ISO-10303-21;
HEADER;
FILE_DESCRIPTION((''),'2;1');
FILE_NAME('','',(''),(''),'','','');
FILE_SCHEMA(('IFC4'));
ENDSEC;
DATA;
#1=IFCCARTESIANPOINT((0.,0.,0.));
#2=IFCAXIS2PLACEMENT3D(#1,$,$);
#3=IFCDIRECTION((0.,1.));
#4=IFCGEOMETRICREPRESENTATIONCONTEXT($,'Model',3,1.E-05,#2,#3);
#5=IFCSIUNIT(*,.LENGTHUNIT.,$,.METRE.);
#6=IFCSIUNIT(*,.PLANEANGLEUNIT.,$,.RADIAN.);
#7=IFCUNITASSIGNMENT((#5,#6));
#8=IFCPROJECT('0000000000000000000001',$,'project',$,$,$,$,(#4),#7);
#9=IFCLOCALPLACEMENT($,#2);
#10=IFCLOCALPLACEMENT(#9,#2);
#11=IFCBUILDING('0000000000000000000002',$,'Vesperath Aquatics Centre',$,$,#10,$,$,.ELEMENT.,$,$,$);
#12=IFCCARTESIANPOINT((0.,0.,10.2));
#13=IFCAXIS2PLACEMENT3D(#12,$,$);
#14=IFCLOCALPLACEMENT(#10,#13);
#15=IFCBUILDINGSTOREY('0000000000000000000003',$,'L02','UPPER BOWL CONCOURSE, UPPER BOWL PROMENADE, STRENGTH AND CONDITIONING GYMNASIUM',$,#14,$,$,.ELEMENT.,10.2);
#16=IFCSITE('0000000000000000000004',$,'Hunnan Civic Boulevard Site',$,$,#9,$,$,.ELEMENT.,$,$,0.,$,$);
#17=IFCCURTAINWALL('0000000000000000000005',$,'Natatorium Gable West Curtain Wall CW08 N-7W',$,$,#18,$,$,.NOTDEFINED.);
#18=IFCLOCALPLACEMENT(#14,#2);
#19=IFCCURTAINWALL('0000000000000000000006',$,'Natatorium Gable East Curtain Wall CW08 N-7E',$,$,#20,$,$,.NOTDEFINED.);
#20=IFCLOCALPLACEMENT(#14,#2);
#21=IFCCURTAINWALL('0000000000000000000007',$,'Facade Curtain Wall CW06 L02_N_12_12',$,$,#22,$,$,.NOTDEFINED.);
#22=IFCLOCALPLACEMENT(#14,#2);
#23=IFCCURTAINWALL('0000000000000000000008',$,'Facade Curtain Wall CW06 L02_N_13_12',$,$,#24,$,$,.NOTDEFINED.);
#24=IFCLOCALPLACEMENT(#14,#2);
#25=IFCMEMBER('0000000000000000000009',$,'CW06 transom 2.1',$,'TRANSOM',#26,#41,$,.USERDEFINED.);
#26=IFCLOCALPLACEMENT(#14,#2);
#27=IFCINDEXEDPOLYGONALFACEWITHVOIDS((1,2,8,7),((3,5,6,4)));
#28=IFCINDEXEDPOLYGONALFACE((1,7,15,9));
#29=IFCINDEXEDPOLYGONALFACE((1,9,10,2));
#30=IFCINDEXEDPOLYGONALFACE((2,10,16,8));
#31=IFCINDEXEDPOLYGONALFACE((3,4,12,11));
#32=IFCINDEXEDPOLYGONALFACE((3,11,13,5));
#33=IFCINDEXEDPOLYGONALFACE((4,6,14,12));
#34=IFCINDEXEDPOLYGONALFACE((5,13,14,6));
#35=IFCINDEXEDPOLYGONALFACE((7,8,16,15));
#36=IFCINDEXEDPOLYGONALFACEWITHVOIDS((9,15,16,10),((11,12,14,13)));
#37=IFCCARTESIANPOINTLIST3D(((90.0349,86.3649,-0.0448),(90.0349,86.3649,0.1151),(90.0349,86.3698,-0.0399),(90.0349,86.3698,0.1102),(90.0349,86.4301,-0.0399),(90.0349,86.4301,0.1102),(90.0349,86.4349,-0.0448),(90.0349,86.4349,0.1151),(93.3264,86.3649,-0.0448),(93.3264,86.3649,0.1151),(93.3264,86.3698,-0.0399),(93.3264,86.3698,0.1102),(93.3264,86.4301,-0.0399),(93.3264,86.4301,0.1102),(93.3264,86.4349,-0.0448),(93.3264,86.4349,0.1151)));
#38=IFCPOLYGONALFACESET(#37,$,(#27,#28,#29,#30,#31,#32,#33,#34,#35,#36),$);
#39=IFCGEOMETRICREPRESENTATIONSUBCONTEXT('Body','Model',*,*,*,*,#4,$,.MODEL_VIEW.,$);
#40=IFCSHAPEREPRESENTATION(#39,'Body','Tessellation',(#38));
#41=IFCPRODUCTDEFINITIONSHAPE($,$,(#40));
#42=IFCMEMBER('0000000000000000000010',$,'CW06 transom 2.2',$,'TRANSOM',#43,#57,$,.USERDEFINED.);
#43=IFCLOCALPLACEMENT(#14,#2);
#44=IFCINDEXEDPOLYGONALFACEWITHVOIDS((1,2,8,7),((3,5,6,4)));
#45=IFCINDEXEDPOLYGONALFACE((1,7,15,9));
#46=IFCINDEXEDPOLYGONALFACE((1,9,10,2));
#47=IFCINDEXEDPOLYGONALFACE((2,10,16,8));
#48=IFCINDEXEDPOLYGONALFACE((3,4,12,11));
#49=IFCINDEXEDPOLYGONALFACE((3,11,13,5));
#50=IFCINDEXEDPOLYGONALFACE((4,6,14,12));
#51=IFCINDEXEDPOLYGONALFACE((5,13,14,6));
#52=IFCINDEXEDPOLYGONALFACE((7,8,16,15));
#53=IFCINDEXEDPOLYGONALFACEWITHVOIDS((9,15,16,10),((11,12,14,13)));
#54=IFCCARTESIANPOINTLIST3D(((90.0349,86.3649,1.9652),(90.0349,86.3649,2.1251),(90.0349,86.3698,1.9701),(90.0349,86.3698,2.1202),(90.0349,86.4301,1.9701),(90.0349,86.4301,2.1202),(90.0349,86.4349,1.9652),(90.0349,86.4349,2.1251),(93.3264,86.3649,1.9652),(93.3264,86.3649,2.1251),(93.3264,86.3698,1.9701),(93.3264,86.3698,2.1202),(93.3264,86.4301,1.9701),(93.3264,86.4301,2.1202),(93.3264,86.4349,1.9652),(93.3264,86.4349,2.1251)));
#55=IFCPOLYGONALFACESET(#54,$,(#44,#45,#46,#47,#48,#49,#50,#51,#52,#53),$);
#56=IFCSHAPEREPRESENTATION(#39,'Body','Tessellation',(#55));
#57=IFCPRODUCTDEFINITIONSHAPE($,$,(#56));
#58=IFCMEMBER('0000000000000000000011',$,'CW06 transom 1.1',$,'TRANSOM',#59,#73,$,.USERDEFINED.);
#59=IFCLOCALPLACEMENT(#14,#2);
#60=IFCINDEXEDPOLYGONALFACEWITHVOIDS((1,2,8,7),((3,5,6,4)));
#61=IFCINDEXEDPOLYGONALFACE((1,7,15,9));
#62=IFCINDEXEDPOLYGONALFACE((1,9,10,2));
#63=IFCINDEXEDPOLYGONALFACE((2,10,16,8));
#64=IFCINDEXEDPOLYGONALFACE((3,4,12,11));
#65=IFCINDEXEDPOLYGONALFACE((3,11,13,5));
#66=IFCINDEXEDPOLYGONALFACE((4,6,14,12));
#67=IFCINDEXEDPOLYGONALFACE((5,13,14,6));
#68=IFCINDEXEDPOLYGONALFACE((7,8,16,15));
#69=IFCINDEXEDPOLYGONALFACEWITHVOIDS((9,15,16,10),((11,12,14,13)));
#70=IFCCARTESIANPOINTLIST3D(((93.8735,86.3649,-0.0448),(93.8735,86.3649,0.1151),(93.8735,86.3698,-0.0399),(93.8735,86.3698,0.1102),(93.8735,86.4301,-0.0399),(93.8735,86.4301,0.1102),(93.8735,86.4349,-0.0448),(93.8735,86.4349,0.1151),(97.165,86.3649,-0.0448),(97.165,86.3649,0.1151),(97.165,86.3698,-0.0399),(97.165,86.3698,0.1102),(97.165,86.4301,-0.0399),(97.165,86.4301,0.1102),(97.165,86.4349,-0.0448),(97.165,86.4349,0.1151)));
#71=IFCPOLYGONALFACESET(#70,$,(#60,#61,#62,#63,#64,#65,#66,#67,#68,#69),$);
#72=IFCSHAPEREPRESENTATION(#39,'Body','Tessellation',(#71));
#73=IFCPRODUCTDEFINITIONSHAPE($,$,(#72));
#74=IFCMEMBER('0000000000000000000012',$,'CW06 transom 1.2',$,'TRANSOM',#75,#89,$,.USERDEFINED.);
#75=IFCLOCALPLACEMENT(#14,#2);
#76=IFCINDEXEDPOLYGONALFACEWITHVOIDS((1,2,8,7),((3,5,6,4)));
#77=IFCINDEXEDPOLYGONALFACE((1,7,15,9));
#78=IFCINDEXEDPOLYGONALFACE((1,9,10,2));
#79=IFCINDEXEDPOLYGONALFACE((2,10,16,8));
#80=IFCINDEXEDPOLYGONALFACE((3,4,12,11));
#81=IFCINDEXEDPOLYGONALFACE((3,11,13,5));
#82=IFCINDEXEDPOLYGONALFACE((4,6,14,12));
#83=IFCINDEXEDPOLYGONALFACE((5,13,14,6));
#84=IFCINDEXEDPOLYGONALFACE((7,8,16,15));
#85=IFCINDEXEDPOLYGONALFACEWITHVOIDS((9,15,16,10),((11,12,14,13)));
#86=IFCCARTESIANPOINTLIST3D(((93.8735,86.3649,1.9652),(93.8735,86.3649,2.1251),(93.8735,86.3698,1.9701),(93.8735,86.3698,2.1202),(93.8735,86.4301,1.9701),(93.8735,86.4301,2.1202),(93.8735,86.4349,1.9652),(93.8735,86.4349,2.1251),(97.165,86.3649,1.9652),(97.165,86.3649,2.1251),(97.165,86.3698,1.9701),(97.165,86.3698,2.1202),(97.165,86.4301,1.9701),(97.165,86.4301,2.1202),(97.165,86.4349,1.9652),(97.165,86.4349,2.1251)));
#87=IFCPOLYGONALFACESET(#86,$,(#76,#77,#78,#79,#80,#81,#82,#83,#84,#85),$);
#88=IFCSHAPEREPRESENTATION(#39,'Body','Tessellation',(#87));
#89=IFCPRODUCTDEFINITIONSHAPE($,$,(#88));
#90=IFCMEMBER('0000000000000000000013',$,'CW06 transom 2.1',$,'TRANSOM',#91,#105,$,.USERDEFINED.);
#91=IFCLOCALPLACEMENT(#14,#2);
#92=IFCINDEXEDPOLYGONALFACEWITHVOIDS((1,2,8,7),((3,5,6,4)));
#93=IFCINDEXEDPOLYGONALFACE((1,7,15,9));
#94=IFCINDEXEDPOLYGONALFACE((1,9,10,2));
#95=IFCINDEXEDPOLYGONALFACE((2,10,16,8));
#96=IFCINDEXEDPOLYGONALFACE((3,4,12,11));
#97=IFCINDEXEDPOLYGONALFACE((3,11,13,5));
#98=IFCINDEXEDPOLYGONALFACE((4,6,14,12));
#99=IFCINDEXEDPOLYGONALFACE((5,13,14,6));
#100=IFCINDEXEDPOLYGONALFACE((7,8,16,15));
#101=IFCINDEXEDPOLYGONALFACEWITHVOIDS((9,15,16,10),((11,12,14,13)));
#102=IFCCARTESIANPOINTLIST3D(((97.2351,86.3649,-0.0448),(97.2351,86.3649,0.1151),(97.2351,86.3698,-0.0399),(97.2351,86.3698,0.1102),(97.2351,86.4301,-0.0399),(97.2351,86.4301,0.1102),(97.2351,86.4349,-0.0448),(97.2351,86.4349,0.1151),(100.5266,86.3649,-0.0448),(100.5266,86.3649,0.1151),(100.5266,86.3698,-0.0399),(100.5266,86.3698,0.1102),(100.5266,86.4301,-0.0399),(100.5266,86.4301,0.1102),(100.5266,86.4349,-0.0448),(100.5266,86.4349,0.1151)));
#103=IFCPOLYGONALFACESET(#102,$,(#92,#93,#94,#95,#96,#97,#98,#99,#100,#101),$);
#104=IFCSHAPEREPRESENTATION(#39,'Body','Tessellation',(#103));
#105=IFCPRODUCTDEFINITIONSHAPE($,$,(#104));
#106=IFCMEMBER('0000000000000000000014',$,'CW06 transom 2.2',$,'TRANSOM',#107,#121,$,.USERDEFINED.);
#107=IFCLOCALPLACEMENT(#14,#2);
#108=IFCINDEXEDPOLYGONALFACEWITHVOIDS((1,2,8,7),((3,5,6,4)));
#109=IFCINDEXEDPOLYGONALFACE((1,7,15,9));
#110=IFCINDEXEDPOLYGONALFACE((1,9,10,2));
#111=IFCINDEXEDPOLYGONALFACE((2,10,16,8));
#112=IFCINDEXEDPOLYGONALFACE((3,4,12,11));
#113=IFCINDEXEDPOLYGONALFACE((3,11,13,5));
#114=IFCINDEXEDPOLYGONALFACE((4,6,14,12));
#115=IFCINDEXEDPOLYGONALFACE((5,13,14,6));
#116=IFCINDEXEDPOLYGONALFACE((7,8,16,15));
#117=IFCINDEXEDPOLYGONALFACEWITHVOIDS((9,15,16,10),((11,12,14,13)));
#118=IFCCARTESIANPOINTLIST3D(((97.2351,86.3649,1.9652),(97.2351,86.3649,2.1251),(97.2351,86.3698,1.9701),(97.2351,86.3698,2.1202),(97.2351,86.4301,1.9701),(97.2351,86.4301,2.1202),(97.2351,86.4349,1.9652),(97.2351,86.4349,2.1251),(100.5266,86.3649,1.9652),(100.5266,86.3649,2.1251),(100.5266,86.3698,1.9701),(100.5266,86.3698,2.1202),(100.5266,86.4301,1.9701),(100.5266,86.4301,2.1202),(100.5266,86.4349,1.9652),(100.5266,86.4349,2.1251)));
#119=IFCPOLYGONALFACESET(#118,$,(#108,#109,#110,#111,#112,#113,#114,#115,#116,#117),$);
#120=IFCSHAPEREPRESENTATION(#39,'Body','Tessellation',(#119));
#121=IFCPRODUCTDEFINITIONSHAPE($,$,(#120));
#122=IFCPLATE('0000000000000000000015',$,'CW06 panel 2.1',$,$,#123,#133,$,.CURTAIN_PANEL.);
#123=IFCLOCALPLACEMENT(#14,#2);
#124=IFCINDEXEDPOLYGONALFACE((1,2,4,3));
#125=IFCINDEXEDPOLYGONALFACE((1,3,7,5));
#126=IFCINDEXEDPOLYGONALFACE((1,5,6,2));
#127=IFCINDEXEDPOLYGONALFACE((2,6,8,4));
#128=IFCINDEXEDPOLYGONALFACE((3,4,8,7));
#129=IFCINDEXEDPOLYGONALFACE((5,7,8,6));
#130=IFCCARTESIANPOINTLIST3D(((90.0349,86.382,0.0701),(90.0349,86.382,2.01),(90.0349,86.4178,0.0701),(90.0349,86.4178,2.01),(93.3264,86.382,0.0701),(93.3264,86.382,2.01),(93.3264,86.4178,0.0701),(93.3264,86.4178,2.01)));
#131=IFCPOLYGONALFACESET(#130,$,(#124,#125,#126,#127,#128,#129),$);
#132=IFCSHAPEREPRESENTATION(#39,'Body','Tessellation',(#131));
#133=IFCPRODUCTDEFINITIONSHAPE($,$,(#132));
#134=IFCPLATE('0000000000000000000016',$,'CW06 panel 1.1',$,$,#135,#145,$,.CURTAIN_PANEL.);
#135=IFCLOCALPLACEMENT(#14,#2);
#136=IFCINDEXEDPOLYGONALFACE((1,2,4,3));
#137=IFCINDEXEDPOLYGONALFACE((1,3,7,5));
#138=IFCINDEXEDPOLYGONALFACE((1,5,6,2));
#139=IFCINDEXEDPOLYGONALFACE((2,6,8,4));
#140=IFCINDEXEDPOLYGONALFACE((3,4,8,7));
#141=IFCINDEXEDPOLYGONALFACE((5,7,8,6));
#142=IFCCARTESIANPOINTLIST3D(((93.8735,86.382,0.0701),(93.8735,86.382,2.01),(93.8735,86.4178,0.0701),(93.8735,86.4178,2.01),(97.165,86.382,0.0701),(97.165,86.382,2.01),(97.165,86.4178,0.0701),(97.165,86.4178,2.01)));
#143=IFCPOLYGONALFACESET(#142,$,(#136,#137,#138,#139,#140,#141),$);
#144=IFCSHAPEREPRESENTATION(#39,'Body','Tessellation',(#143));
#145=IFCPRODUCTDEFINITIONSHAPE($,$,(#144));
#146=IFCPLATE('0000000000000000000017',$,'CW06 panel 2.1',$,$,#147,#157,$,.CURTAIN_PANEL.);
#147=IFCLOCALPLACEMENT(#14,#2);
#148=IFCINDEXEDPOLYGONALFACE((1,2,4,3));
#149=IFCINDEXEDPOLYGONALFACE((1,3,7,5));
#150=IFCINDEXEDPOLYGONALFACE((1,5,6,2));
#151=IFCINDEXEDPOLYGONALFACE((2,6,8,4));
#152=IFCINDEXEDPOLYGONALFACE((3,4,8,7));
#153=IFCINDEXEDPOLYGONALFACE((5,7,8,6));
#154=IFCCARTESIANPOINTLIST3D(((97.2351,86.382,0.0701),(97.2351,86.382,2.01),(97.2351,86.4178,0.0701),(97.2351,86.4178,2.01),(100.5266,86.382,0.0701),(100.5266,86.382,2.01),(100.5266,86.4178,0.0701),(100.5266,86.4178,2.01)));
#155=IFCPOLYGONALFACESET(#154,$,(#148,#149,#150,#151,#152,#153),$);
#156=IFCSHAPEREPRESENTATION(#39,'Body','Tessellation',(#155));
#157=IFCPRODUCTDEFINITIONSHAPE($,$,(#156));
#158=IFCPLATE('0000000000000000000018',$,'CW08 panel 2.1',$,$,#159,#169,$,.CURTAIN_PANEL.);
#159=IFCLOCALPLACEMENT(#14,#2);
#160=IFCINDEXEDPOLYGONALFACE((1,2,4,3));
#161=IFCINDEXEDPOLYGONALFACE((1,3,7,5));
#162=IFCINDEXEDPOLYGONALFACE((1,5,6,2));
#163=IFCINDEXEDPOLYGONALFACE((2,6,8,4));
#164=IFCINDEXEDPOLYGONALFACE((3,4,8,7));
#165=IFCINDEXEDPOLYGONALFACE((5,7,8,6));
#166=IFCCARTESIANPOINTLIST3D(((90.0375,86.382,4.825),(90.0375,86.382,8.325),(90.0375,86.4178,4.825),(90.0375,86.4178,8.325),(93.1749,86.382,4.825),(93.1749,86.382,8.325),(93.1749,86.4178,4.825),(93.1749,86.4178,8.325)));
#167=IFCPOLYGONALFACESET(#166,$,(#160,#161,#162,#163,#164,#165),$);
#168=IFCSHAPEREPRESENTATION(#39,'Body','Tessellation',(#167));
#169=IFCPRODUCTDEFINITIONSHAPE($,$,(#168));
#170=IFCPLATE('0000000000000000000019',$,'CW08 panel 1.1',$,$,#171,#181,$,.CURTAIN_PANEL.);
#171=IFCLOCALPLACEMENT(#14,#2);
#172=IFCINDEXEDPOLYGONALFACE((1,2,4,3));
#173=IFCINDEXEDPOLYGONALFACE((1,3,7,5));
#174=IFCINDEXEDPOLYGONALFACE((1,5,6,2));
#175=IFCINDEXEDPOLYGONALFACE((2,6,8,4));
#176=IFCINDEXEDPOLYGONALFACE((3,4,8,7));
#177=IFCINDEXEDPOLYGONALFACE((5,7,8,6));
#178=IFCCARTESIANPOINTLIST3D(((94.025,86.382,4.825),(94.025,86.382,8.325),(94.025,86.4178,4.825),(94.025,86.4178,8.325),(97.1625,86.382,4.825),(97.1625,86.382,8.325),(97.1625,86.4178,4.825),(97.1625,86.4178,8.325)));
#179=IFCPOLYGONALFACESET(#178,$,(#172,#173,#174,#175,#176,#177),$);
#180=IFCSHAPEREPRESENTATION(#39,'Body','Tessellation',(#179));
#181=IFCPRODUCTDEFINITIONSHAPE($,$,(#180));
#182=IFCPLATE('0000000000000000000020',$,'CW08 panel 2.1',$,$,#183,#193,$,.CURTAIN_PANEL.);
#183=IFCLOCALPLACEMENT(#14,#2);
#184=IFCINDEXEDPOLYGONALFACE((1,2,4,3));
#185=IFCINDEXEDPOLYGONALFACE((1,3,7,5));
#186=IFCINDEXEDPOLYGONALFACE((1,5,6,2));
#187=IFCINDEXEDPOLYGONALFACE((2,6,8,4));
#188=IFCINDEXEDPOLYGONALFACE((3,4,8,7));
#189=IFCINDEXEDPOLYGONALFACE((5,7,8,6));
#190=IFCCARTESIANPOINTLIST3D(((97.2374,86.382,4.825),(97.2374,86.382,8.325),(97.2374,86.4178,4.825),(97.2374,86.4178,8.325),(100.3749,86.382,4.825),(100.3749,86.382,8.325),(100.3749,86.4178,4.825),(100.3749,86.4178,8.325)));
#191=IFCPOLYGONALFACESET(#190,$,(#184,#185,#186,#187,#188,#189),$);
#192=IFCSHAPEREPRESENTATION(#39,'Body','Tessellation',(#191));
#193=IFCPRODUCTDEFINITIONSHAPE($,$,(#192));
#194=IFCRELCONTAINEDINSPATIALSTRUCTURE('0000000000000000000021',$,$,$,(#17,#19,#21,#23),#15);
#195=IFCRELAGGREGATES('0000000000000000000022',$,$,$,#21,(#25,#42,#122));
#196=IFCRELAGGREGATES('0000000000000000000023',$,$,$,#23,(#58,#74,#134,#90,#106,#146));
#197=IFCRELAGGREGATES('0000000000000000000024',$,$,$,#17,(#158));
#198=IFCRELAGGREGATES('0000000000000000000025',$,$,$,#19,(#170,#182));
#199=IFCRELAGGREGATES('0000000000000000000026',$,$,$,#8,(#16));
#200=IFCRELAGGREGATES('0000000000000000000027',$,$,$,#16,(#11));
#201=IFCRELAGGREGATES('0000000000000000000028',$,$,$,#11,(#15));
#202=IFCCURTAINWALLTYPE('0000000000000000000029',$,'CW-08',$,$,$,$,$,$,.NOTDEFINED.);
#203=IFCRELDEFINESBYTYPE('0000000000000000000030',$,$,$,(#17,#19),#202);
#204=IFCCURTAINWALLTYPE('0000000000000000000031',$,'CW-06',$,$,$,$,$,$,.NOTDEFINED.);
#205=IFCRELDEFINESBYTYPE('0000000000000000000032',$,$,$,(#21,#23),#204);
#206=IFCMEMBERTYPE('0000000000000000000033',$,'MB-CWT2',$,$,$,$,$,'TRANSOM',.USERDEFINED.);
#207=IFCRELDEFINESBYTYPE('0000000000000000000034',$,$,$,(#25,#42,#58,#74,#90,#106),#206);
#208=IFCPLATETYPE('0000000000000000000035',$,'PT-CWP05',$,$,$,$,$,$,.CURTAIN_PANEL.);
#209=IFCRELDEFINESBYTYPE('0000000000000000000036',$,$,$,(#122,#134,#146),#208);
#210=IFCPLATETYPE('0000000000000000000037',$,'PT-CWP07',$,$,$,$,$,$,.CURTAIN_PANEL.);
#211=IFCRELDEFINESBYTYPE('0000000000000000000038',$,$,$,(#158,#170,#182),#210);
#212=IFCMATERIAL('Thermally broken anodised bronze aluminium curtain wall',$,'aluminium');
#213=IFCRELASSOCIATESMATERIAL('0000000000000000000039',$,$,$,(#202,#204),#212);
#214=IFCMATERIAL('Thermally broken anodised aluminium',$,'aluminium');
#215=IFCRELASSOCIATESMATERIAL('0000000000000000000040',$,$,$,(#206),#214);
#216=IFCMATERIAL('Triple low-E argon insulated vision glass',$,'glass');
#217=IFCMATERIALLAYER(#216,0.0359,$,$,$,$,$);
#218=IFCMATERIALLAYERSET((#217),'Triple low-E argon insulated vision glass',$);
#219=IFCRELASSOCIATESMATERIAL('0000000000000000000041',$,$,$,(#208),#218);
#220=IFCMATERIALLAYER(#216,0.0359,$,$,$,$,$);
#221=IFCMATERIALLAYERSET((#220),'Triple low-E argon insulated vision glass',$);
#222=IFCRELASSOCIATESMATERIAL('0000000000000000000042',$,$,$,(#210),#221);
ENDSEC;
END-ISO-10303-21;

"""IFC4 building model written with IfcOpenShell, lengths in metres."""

from ifc_helpers import new_model, si_unit, direction, frame, origin, origin_2d, place, context, subcontext, project, spatial, rectangle, hollow_rectangle, extrude, material, layer, layer_set, material_profile, profile_set, type_object, element, aggregate, save


model = new_model("IFC4")

# Units and contexts
model_context = context("Model", 3, precision=1e-05, world=origin(), true_north=direction((0.0, 1.0)))
body_context = subcontext(model_context, "Body", "Model", "MODEL_VIEW")
ifc_project = project(units=[si_unit("LENGTHUNIT", "METRE"), si_unit("PLANEANGLEUNIT", "RADIAN")], contexts=[model_context])

# Site, building, storey
site_placement = place(None, origin())
site = spatial("IfcSite", under=ifc_project, at=site_placement, Name="Hunnan Civic Boulevard Site", CompositionType="ELEMENT", RefElevation=0.0)
building_placement = place(site_placement, origin())
building = spatial("IfcBuilding", under=site, at=building_placement, Name="Vesperath Aquatics Centre", CompositionType="ELEMENT")
storey_placement = place(building_placement, frame((0.0, 0.0, 10.2)))
storey = spatial("IfcBuildingStorey", under=building, at=storey_placement, Name="L02", Description="UPPER BOWL CONCOURSE, UPPER BOWL PROMENADE, STRENGTH AND CONDITIONING GYMNASIUM", CompositionType="ELEMENT", Elevation=10.2)

# Curtain walls
ifc_material_1 = material(Name="Thermally broken anodised bronze aluminium curtain wall", Category="aluminium")
curtain_wall_type_1 = type_object("IfcCurtainWallType", Name="CW-08", PredefinedType="NOTDEFINED", material=ifc_material_1)
curtain_wall_1_placement = place(storey_placement, origin())
curtain_wall_1 = element("IfcCurtainWall", 1, at=curtain_wall_1_placement, inside=storey, type_object=curtain_wall_type_1, Name="Natatorium Gable West Curtain Wall CW08 N-7W", PredefinedType="NOTDEFINED")
ifc_material_2 = material(Name="Thermally broken anodised aluminium", Category="aluminium")
curtain_wall_2_placement = place(storey_placement, origin())
curtain_wall_2 = element("IfcCurtainWall", 2, at=curtain_wall_2_placement, inside=storey, type_object=curtain_wall_type_1, Name="Natatorium Gable East Curtain Wall CW08 N-7E", PredefinedType="NOTDEFINED")

# Curtain wall
curtain_wall_type_2 = type_object("IfcCurtainWallType", Name="CW-06", PredefinedType="NOTDEFINED", material=ifc_material_1)
curtain_wall_3_placement = place(storey_placement, origin())
curtain_wall_3 = element("IfcCurtainWall", 3, at=curtain_wall_3_placement, inside=storey, type_object=curtain_wall_type_2, Name="Facade Curtain Wall CW06 L02_N_12_12", PredefinedType="NOTDEFINED")

# Curtain wall
curtain_wall_4_placement = place(storey_placement, origin())
curtain_wall_4 = element("IfcCurtainWall", 4, at=curtain_wall_4_placement, inside=storey, type_object=curtain_wall_type_2, Name="Facade Curtain Wall CW06 L02_N_13_12", PredefinedType="NOTDEFINED")

# Members
ifc_material_profile_1 = material_profile(ifc_material_2, hollow_rectangle(XDim=0.0701, YDim=0.1599, WallThickness=0.0049, at=origin_2d()), Name="CWT 70x160x5")
ifc_profile_set_1 = profile_set([ifc_material_profile_1], Name="Thermally broken anodised aluminium")
member_type_1 = type_object("IfcMemberType", Name="MB-CWT2", ElementType="TRANSOM", PredefinedType="USERDEFINED", material=ifc_profile_set_1)
member_1_placement = place(storey_placement, frame((90.0349, 86.3999, 0.0352), z_axis=(1.0, 0.0, 0.0), x_axis=(0.0, 1.0, 0.0)))
member_1 = element("IfcMember", 5, at=member_1_placement, type_object=member_type_1, Name="CW06 transom 2.1", ObjectType="TRANSOM", PredefinedType="USERDEFINED", context=body_context, shape_type="SweptSolid", body=[
    extrude(hollow_rectangle(XDim=0.0701, YDim=0.1599, WallThickness=0.0049, at=origin_2d()), origin(), (0.0, 0.0, 1.0), 3.2915),
])
member_2_placement = place(storey_placement, frame((90.0349, 86.3999, 2.0452), z_axis=(1.0, 0.0, 0.0), x_axis=(0.0, 1.0, 0.0)))
member_2 = element("IfcMember", 6, at=member_2_placement, type_object=member_type_1, Name="CW06 transom 2.2", ObjectType="TRANSOM", PredefinedType="USERDEFINED", context=body_context, shape_type="SweptSolid", body=[
    extrude(hollow_rectangle(XDim=0.0701, YDim=0.1599, WallThickness=0.0049, at=origin_2d()), origin(), (0.0, 0.0, 1.0), 3.2915),
])
member_3_placement = place(storey_placement, frame((93.8735, 86.3999, 0.0352), z_axis=(1.0, 0.0, 0.0), x_axis=(0.0, 1.0, 0.0)))
member_3 = element("IfcMember", 7, at=member_3_placement, type_object=member_type_1, Name="CW06 transom 1.1", ObjectType="TRANSOM", PredefinedType="USERDEFINED", context=body_context, shape_type="SweptSolid", body=[
    extrude(hollow_rectangle(XDim=0.0701, YDim=0.1599, WallThickness=0.0049, at=origin_2d()), origin(), (0.0, 0.0, 1.0), 3.2915),
])
member_4_placement = place(storey_placement, frame((93.8735, 86.3999, 2.0452), z_axis=(1.0, 0.0, 0.0), x_axis=(0.0, 1.0, 0.0)))
member_4 = element("IfcMember", 8, at=member_4_placement, type_object=member_type_1, Name="CW06 transom 1.2", ObjectType="TRANSOM", PredefinedType="USERDEFINED", context=body_context, shape_type="SweptSolid", body=[
    extrude(hollow_rectangle(XDim=0.0701, YDim=0.1599, WallThickness=0.0049, at=origin_2d()), origin(), (0.0, 0.0, 1.0), 3.2915),
])
member_5_placement = place(storey_placement, frame((97.2351, 86.3999, 0.0352), z_axis=(1.0, 0.0, 0.0), x_axis=(0.0, 1.0, 0.0)))
member_5 = element("IfcMember", 9, at=member_5_placement, type_object=member_type_1, Name="CW06 transom 2.1", ObjectType="TRANSOM", PredefinedType="USERDEFINED", context=body_context, shape_type="SweptSolid", body=[
    extrude(hollow_rectangle(XDim=0.0701, YDim=0.1599, WallThickness=0.0049, at=origin_2d()), origin(), (0.0, 0.0, 1.0), 3.2915),
])
member_6_placement = place(storey_placement, frame((97.2351, 86.3999, 2.0452), z_axis=(1.0, 0.0, 0.0), x_axis=(0.0, 1.0, 0.0)))
member_6 = element("IfcMember", 10, at=member_6_placement, type_object=member_type_1, Name="CW06 transom 2.2", ObjectType="TRANSOM", PredefinedType="USERDEFINED", context=body_context, shape_type="SweptSolid", body=[
    extrude(hollow_rectangle(XDim=0.0701, YDim=0.1599, WallThickness=0.0049, at=origin_2d()), origin(), (0.0, 0.0, 1.0), 3.2915),
])

# Plates
ifc_material_3 = material(Name="Triple low-E argon insulated vision glass", Category="glass")
ifc_layer_1 = layer(ifc_material_3, 0.0359)
ifc_layer_set_1 = layer_set([ifc_layer_1], Name="Triple low-E argon insulated vision glass")
plate_type_1 = type_object("IfcPlateType", Name="PT-CWP05", PredefinedType="CURTAIN_PANEL", material=ifc_layer_set_1)
plate_1_placement = place(storey_placement, frame((91.6807, 86.3999, 0.0701), z_axis=(0.0, 0.0, 1.0), x_axis=(1.0, 0.0, 0.0)))
plate_1 = element("IfcPlate", 11, at=plate_1_placement, type_object=plate_type_1, Name="CW06 panel 2.1", PredefinedType="CURTAIN_PANEL", context=body_context, shape_type="SweptSolid", body=[
    extrude(rectangle(XDim=3.2915, YDim=0.0359, at=origin_2d()), origin(), (0.0, 0.0, 1.0), 1.9399),
])
aggregate(curtain_wall_3, [member_1, member_2, plate_1])
plate_2_placement = place(storey_placement, frame((95.5193, 86.3999, 0.0701), z_axis=(0.0, 0.0, 1.0), x_axis=(1.0, 0.0, 0.0)))
plate_2 = element("IfcPlate", 12, at=plate_2_placement, type_object=plate_type_1, Name="CW06 panel 1.1", PredefinedType="CURTAIN_PANEL", context=body_context, shape_type="SweptSolid", body=[
    extrude(rectangle(XDim=3.2915, YDim=0.0359, at=origin_2d()), origin(), (0.0, 0.0, 1.0), 1.9399),
])
plate_3_placement = place(storey_placement, frame((98.8809, 86.3999, 0.0701), z_axis=(0.0, 0.0, 1.0), x_axis=(1.0, 0.0, 0.0)))
plate_3 = element("IfcPlate", 13, at=plate_3_placement, type_object=plate_type_1, Name="CW06 panel 2.1", PredefinedType="CURTAIN_PANEL", context=body_context, shape_type="SweptSolid", body=[
    extrude(rectangle(XDim=3.2915, YDim=0.0359, at=origin_2d()), origin(), (0.0, 0.0, 1.0), 1.9399),
])
aggregate(curtain_wall_4, [member_3, member_4, plate_2, member_5, member_6, plate_3])
ifc_layer_2 = layer(ifc_material_3, 0.0359)
ifc_layer_set_2 = layer_set([ifc_layer_2], Name="Triple low-E argon insulated vision glass")
plate_type_2 = type_object("IfcPlateType", Name="PT-CWP07", PredefinedType="CURTAIN_PANEL", material=ifc_layer_set_2)
plate_4_placement = place(storey_placement, frame((91.6062, 86.3999, 4.825), z_axis=(0.0, 0.0, 1.0), x_axis=(1.0, 0.0, 0.0)))
plate_4 = element("IfcPlate", 14, at=plate_4_placement, type_object=plate_type_2, Name="CW08 panel 2.1", PredefinedType="CURTAIN_PANEL", context=body_context, shape_type="SweptSolid", body=[
    extrude(rectangle(XDim=3.1375, YDim=0.0359, at=origin_2d()), origin(), (0.0, 0.0, 1.0), 3.5),
])
aggregate(curtain_wall_1, [plate_4])
plate_5_placement = place(storey_placement, frame((95.5938, 86.3999, 4.825), z_axis=(0.0, 0.0, 1.0), x_axis=(1.0, 0.0, 0.0)))
plate_5 = element("IfcPlate", 15, at=plate_5_placement, type_object=plate_type_2, Name="CW08 panel 1.1", PredefinedType="CURTAIN_PANEL", context=body_context, shape_type="SweptSolid", body=[
    extrude(rectangle(XDim=3.1375, YDim=0.0359, at=origin_2d()), origin(), (0.0, 0.0, 1.0), 3.5),
])
plate_6_placement = place(storey_placement, frame((98.8062, 86.3999, 4.825), z_axis=(0.0, 0.0, 1.0), x_axis=(1.0, 0.0, 0.0)))
plate_6 = element("IfcPlate", 16, at=plate_6_placement, type_object=plate_type_2, Name="CW08 panel 2.1", PredefinedType="CURTAIN_PANEL", context=body_context, shape_type="SweptSolid", body=[
    extrude(rectangle(XDim=3.1375, YDim=0.0359, at=origin_2d()), origin(), (0.0, 0.0, 1.0), 3.5),
])
aggregate(curtain_wall_2, [plate_5, plate_6])

save(model, "model.ifc")
